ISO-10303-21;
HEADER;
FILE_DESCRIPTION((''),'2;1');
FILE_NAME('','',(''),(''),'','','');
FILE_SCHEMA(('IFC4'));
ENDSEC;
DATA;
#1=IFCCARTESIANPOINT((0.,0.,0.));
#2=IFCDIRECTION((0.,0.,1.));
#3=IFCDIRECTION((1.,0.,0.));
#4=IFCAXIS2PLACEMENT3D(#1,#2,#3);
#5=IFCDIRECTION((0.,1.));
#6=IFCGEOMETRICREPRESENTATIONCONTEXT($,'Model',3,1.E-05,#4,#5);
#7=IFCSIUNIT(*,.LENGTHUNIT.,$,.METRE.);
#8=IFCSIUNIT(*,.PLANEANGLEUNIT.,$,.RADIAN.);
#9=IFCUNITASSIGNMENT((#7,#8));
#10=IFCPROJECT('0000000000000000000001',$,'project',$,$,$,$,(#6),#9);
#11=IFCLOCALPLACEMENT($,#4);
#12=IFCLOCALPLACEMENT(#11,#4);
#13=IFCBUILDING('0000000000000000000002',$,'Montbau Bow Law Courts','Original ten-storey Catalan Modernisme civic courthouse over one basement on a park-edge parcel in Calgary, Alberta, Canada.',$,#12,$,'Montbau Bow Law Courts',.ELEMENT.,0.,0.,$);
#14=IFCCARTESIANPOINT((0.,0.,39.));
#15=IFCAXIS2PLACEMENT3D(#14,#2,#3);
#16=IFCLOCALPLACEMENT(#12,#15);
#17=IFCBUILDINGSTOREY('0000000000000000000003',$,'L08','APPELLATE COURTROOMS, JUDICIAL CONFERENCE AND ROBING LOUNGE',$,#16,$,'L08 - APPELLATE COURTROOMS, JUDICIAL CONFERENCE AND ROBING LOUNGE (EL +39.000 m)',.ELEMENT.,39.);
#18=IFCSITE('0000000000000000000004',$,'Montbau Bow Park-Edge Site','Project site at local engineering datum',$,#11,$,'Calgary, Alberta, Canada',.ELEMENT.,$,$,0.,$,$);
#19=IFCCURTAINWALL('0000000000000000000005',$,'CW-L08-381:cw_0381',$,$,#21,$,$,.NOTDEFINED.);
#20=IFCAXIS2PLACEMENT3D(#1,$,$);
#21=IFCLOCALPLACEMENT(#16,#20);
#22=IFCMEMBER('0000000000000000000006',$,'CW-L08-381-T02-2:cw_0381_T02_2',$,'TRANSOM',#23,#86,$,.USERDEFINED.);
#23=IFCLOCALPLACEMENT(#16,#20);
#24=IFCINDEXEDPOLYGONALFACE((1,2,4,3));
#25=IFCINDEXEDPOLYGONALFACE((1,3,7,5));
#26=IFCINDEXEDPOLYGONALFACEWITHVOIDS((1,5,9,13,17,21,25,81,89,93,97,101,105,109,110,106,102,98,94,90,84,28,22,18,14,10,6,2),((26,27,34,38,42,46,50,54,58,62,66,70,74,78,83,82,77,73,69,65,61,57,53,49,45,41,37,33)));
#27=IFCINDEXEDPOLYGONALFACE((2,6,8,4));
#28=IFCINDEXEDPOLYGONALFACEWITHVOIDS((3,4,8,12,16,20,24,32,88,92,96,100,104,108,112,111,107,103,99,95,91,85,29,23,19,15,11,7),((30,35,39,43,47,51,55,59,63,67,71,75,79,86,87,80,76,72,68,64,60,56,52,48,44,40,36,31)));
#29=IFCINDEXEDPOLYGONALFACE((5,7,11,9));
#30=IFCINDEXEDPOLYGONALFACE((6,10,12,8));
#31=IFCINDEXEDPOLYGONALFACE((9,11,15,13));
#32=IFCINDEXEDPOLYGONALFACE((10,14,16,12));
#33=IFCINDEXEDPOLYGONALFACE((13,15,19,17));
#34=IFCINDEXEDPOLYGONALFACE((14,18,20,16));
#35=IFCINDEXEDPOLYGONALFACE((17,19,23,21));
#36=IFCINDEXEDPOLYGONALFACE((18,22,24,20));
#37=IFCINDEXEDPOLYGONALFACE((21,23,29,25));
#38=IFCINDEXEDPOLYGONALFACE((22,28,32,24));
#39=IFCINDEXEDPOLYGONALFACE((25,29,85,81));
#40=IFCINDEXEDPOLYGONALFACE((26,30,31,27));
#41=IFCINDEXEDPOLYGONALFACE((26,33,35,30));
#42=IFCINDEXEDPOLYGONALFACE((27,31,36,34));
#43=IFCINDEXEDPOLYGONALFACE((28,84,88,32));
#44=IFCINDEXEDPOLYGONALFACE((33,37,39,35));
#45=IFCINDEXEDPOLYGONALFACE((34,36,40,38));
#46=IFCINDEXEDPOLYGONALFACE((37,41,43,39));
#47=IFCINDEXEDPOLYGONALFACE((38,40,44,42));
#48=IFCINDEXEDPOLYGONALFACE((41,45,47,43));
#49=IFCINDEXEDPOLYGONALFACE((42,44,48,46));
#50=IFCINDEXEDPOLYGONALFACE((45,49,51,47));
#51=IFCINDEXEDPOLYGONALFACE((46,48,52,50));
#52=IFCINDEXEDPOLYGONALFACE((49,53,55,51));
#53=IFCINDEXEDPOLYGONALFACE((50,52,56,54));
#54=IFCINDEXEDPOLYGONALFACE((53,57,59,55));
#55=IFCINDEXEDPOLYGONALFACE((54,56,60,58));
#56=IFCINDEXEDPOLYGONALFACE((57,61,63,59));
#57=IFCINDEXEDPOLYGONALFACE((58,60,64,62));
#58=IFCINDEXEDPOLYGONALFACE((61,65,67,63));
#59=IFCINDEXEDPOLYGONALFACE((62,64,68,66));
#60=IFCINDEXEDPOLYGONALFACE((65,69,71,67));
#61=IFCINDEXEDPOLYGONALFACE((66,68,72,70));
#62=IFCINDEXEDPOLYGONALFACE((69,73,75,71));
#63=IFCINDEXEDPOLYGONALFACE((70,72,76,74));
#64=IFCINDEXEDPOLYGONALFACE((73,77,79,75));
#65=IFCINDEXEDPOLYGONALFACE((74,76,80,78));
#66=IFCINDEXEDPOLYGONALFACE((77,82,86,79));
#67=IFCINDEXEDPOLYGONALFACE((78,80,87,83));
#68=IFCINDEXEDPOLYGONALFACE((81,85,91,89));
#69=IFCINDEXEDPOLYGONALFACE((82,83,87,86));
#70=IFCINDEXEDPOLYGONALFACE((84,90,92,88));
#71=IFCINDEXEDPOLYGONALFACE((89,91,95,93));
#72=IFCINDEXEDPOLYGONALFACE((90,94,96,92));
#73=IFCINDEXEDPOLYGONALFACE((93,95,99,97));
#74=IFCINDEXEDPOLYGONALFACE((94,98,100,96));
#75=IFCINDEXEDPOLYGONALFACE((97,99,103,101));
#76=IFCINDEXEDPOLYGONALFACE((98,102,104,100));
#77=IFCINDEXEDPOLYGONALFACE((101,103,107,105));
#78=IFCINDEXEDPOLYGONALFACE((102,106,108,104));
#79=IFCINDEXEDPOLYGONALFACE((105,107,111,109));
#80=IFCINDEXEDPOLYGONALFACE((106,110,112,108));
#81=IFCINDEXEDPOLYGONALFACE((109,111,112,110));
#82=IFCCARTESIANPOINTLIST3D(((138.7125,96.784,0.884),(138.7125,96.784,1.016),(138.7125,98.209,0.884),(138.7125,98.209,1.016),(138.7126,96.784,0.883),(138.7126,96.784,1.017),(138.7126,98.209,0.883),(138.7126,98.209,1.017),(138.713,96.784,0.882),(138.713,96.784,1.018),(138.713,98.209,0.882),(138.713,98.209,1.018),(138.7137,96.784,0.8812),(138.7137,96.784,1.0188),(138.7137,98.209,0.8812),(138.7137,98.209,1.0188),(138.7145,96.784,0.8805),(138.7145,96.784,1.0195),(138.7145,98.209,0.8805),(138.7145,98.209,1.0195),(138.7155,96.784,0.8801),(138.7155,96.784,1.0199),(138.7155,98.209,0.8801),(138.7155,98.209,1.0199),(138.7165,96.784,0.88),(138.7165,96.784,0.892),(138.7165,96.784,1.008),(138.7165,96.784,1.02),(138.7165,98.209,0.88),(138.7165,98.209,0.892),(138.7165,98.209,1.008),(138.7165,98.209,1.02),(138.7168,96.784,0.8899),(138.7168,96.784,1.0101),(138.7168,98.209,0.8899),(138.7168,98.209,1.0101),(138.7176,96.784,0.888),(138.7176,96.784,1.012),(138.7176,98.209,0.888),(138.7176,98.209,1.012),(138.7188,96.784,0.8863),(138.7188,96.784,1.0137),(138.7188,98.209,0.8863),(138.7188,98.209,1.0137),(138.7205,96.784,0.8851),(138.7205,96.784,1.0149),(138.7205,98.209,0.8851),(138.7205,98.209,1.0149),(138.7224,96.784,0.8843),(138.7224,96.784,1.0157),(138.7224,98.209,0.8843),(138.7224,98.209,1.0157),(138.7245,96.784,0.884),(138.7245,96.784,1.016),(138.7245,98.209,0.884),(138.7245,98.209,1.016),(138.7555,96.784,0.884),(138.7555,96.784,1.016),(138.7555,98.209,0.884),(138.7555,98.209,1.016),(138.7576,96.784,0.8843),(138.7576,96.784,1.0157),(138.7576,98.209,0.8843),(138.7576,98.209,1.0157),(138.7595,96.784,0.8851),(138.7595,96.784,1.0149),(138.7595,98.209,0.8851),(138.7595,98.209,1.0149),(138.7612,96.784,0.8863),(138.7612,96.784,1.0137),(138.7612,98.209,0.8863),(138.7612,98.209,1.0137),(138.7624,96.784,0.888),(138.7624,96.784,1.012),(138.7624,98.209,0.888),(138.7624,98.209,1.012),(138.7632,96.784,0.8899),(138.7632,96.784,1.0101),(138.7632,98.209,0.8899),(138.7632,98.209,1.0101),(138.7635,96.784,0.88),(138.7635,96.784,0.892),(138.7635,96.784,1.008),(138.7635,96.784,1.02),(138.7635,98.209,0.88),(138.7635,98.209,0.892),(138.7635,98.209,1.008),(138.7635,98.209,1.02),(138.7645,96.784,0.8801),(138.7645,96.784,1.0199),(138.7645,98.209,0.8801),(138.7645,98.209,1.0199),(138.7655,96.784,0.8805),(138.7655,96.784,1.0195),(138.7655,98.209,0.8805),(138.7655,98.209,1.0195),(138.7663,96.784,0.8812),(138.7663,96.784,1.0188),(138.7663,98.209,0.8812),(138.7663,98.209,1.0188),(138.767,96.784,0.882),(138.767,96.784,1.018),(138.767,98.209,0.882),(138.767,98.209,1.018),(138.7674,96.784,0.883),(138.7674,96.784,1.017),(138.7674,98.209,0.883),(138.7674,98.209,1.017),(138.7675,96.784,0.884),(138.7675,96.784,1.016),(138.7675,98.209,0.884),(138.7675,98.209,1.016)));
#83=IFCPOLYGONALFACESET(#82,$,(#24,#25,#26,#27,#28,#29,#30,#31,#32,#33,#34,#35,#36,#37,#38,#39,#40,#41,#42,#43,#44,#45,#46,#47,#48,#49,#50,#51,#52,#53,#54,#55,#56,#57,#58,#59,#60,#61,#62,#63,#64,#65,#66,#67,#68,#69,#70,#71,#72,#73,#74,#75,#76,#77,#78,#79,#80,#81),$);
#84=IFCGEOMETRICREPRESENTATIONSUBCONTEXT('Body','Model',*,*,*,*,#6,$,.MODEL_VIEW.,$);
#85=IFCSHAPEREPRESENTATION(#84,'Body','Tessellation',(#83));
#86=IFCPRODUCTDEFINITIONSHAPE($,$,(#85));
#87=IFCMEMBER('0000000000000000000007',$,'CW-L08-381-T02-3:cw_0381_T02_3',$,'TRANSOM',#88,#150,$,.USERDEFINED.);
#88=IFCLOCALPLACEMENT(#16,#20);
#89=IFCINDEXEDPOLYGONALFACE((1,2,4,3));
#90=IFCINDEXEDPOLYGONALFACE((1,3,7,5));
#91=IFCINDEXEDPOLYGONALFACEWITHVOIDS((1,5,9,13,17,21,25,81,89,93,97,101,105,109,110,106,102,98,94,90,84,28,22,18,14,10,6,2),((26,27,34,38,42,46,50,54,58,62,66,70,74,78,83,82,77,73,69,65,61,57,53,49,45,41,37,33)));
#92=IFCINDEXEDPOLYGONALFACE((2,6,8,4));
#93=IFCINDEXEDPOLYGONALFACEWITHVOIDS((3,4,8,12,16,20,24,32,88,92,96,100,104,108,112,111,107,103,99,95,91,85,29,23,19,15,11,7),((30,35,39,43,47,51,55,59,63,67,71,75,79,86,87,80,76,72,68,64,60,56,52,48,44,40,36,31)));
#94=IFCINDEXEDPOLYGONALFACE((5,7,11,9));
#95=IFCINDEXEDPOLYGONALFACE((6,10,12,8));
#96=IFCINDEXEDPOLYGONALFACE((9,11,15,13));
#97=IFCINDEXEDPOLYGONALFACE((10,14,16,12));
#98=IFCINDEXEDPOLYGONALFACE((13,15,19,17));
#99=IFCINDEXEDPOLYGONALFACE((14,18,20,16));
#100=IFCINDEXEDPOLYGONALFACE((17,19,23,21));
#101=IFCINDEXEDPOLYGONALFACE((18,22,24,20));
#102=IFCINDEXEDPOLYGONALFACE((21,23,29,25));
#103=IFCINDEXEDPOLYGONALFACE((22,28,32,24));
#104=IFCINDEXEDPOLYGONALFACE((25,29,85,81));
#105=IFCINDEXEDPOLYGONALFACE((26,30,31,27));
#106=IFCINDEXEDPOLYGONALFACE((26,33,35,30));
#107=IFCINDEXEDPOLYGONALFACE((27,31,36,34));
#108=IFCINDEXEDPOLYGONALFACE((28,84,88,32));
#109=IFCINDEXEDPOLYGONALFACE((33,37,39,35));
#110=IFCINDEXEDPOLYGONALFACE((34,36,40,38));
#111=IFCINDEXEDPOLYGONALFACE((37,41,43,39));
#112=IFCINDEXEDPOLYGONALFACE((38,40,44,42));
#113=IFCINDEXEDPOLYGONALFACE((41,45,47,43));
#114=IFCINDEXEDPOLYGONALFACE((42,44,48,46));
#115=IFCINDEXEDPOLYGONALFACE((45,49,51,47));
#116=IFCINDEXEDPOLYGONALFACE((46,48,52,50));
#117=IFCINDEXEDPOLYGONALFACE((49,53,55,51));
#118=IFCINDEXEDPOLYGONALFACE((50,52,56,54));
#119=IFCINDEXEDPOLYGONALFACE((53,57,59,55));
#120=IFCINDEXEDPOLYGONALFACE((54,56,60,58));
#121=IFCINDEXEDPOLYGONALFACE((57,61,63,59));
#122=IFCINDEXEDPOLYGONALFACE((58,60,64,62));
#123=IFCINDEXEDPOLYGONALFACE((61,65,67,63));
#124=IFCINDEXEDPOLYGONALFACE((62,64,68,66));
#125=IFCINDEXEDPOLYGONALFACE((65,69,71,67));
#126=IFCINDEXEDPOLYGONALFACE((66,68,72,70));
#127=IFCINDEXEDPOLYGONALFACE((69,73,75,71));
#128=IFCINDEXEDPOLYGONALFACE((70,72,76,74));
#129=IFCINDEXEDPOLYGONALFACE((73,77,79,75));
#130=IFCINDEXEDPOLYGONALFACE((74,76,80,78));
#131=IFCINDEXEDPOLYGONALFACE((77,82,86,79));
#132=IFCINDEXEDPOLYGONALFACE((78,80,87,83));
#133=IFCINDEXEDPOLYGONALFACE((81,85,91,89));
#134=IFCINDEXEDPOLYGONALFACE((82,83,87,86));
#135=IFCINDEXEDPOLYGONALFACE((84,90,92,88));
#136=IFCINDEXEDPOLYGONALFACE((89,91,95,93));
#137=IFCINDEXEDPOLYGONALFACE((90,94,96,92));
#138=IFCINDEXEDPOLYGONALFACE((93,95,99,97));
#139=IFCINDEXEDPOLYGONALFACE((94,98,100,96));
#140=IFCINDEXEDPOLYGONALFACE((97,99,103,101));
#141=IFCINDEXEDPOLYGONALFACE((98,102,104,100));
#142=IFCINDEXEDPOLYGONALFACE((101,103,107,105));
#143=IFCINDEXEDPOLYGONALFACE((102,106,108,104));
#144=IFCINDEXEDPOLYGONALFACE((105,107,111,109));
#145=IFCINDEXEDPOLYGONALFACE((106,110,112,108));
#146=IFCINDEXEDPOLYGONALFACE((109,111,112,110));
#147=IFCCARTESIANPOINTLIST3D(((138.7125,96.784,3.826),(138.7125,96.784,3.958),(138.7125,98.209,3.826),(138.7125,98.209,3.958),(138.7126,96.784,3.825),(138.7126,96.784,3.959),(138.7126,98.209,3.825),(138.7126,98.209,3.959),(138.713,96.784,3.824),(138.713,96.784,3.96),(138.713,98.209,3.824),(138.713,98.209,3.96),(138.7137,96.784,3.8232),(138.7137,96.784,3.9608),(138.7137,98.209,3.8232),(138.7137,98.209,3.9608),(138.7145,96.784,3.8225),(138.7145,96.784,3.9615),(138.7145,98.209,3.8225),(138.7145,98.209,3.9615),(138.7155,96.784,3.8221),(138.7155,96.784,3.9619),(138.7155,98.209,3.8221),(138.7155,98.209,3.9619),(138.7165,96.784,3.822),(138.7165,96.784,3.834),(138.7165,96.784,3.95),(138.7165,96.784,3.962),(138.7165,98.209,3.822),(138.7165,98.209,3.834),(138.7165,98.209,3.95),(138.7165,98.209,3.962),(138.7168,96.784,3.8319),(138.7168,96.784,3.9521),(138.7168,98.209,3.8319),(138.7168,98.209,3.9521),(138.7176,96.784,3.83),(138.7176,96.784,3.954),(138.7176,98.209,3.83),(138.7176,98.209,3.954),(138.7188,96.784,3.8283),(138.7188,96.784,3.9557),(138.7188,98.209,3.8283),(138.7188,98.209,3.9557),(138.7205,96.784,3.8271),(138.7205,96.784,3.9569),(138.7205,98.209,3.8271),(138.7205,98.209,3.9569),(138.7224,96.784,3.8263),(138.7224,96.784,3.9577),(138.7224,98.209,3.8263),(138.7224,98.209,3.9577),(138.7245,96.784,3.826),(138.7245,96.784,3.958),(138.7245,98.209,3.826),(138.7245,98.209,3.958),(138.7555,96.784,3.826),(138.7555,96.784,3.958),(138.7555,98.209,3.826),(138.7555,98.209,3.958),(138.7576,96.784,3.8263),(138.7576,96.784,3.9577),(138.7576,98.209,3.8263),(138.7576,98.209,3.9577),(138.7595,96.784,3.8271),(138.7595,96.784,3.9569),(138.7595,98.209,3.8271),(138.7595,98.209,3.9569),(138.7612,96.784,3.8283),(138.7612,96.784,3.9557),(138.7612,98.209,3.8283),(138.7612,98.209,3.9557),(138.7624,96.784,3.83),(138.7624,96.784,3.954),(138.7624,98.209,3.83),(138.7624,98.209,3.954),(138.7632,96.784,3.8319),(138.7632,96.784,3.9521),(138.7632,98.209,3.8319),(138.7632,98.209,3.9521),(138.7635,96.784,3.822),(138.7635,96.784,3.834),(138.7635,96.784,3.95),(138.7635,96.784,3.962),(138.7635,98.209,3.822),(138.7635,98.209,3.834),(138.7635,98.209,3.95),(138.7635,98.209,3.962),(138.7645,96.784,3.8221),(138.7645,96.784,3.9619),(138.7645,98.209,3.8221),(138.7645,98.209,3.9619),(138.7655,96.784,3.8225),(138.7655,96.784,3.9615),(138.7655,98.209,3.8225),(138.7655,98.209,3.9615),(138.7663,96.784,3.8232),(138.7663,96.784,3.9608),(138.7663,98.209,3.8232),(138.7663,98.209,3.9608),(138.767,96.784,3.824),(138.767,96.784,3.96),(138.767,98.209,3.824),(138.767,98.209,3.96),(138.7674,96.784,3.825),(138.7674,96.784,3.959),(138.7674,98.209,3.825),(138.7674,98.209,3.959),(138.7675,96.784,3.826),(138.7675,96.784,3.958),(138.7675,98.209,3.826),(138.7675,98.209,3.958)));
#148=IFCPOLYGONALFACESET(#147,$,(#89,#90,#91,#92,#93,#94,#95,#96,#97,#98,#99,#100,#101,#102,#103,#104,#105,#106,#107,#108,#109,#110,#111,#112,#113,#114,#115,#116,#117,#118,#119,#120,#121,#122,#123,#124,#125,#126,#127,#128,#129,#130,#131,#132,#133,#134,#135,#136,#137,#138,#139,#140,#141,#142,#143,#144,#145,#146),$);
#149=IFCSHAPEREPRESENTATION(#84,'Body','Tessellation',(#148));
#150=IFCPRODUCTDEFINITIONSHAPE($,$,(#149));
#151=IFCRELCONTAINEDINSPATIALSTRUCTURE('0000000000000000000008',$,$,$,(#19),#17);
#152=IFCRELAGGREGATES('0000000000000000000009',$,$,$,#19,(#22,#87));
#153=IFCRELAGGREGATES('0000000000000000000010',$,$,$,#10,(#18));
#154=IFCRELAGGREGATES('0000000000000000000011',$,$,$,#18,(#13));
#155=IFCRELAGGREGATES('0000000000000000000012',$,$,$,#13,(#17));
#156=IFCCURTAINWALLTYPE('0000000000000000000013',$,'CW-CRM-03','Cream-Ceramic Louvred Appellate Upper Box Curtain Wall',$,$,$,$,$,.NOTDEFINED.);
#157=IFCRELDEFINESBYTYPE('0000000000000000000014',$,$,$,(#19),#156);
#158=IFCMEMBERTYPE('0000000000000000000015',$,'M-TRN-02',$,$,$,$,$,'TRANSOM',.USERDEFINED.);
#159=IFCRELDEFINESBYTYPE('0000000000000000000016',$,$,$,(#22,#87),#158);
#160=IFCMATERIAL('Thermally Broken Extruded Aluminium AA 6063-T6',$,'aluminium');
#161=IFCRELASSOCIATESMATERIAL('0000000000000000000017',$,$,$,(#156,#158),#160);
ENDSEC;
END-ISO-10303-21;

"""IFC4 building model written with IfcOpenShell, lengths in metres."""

from ifc_helpers import new_model, si_unit, direction, frame, origin_with_axes, origin_2d_with_axis, place, context, subcontext, project, spatial, hollow_rectangle, extrude, material, material_profile, profile_set, type_object, element, aggregate, save


model = new_model("IFC4")

# Units and contexts
model_context = context("Model", 3, precision=1e-05, world=origin_with_axes(), true_north=direction((0.0, 1.0)))
body_context = subcontext(model_context, "Body", "Model", "MODEL_VIEW")
ifc_project = project(units=[si_unit("LENGTHUNIT", "METRE"), si_unit("PLANEANGLEUNIT", "RADIAN")], contexts=[model_context])

# Site, building, storey
site_placement = place(None, origin_with_axes())
site = spatial("IfcSite", under=ifc_project, at=site_placement, Name="Montbau Bow Park-Edge Site", Description="Project site at local engineering datum", LongName="Calgary, Alberta, Canada", CompositionType="ELEMENT", RefElevation=0.0)
building_placement = place(site_placement, origin_with_axes())
building = spatial("IfcBuilding", under=site, at=building_placement, Name="Montbau Bow Law Courts", Description="Original ten-storey Catalan Modernisme civic courthouse over one basement on a park-edge parcel in Calgary, Alberta, Canada.", LongName="Montbau Bow Law Courts", CompositionType="ELEMENT", ElevationOfRefHeight=0.0, ElevationOfTerrain=0.0)
storey_placement = place(building_placement, frame((0.0, 0.0, 39.0), z_axis=(0.0, 0.0, 1.0), x_axis=(1.0, 0.0, 0.0)))
storey = spatial("IfcBuildingStorey", under=building, at=storey_placement, Name="L08", Description="APPELLATE COURTROOMS, JUDICIAL CONFERENCE AND ROBING LOUNGE", LongName="L08 - APPELLATE COURTROOMS, JUDICIAL CONFERENCE AND ROBING LOUNGE (EL +39.000 m)", CompositionType="ELEMENT", Elevation=39.0)

# Curtain wall, members
ifc_material_1 = material(Name="Thermally Broken Extruded Aluminium AA 6063-T6", Category="aluminium")
curtain_wall_type = type_object("IfcCurtainWallType", Name="CW-CRM-03", Description="Cream-Ceramic Louvred Appellate Upper Box Curtain Wall", PredefinedType="NOTDEFINED", material=ifc_material_1)
curtain_wall_placement = place(None, frame((138.74, 95.24, 39.0), z_axis=(0.0, 0.0, 1.0), x_axis=(1.0, 0.0, 0.0)))
curtain_wall = element("IfcCurtainWall", 1, at=curtain_wall_placement, inside=storey, type_object=curtain_wall_type, Name="CW-L08-381:cw_0381", PredefinedType="NOTDEFINED")
ifc_material_profile_1 = material_profile(ifc_material_1, hollow_rectangle(XDim=0.055, YDim=0.14, WallThickness=0.004, InnerFilletRadius=0.008, OuterFilletRadius=0.004, at=origin_2d_with_axis()), Name="CWT-140X55", Category="Main", Priority=0)
ifc_profile_set_1 = profile_set([ifc_material_profile_1], Name="Thermally Broken Extruded Aluminium AA 6063-T6")
member_type_1 = type_object("IfcMemberType", Name="M-TRN-02", ElementType="TRANSOM", PredefinedType="USERDEFINED", material=ifc_profile_set_1)
member_1_placement = place(None, frame((138.74, 96.784, 39.95), z_axis=(0.0, 1.0, 0.0), x_axis=(-1.0, 0.0, 0.0)))
member_1 = element("IfcMember", 2, at=member_1_placement, type_object=member_type_1, Name="CW-L08-381-T02-2:cw_0381_T02_2", ObjectType="TRANSOM", PredefinedType="USERDEFINED", context=body_context, shape_type="SweptSolid", body=[
    extrude(hollow_rectangle(XDim=0.055, YDim=0.14, WallThickness=0.004, InnerFilletRadius=0.008, OuterFilletRadius=0.004, at=origin_2d_with_axis()), origin_with_axes(), (0.0, 0.0, 1.0), 1.425),
])
member_2_placement = place(None, frame((138.74, 96.784, 42.892), z_axis=(0.0, 1.0, 0.0), x_axis=(-1.0, 0.0, 0.0)))
member_2 = element("IfcMember", 3, at=member_2_placement, type_object=member_type_1, Name="CW-L08-381-T02-3:cw_0381_T02_3", ObjectType="TRANSOM", PredefinedType="USERDEFINED", context=body_context, shape_type="SweptSolid", body=[
    extrude(hollow_rectangle(XDim=0.055, YDim=0.14, WallThickness=0.004, InnerFilletRadius=0.008, OuterFilletRadius=0.004, at=origin_2d_with_axis()), origin_with_axes(), (0.0, 0.0, 1.0), 1.425),
])
aggregate(curtain_wall, [member_1, member_2])

save(model, "model.ifc")
